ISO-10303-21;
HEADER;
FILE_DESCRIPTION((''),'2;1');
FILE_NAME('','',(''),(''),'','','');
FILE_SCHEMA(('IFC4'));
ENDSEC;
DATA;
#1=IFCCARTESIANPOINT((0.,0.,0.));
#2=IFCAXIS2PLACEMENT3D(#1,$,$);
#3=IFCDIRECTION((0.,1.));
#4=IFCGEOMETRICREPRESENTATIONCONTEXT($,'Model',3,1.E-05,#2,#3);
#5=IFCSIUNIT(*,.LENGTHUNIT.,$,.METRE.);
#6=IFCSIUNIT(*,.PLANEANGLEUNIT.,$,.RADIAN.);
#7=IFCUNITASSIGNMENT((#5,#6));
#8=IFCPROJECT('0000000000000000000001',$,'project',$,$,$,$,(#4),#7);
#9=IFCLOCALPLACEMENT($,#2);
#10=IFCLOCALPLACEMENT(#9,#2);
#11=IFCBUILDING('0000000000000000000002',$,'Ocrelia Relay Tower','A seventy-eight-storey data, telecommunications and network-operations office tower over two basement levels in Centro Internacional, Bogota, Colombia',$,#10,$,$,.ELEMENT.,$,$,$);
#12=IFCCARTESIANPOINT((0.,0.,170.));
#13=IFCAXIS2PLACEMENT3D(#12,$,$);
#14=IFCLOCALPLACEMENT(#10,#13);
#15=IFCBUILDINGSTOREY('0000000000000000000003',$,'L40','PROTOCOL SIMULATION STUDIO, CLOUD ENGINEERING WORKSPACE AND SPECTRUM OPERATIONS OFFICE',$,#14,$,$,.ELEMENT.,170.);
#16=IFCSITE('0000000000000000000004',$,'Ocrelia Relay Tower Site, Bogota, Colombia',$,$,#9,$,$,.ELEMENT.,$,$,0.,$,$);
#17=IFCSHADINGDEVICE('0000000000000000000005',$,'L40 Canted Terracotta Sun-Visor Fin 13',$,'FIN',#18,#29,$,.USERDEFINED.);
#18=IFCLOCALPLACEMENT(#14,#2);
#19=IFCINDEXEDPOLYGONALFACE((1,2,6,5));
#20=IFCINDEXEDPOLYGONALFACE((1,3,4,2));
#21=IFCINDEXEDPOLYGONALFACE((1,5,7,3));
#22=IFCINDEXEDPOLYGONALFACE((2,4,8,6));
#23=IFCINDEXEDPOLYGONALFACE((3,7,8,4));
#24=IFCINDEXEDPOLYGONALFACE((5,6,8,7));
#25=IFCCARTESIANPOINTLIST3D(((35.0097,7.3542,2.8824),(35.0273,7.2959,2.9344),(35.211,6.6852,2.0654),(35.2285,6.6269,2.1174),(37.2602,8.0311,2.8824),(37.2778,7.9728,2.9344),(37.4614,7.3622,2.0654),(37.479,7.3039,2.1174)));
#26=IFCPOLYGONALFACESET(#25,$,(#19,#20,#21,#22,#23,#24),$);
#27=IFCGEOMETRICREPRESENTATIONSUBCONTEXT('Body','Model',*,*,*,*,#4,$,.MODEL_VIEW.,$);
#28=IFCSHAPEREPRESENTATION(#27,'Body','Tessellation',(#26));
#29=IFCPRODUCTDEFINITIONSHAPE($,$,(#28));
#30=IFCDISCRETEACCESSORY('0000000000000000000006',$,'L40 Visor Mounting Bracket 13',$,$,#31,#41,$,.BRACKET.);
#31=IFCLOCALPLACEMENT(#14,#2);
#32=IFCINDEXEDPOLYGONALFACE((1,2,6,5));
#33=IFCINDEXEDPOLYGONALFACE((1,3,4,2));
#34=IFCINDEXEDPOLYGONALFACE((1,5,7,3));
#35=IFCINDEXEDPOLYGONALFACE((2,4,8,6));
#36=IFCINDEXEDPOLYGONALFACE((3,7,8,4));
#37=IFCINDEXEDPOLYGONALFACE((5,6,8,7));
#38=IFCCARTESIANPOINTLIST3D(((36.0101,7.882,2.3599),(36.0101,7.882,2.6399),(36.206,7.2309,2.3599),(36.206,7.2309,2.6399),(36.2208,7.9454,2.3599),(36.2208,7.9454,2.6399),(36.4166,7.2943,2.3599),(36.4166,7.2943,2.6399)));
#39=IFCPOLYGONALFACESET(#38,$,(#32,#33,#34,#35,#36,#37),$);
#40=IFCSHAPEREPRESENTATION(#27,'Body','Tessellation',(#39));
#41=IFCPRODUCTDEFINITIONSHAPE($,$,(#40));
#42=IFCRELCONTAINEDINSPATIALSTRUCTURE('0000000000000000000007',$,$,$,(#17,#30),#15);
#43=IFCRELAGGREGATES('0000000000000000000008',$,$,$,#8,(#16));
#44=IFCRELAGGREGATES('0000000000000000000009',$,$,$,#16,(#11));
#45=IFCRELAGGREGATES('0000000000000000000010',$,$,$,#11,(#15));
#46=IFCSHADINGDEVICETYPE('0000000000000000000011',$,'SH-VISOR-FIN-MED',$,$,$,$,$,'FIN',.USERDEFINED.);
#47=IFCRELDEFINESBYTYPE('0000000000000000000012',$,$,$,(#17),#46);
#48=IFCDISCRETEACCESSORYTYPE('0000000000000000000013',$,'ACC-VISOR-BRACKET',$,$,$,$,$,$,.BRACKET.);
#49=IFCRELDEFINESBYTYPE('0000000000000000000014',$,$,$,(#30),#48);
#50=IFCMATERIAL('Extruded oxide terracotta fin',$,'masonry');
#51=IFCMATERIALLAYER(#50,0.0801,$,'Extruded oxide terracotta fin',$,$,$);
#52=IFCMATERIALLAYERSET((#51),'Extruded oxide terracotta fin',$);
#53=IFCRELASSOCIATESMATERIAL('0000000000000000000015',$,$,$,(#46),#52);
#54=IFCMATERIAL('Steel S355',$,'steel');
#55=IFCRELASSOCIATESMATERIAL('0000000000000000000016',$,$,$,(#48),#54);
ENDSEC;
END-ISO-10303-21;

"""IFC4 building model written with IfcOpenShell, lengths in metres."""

from ifc_helpers import new_model, si_unit, direction, frame, origin, origin_2d, place, context, subcontext, project, spatial, rectangle, extrude, material, layer, layer_set, type_object, element, save


model = new_model("IFC4")

# Units and contexts
model_context = context("Model", 3, precision=1e-05, world=origin(), true_north=direction((0.0, 1.0)))
body_context = subcontext(model_context, "Body", "Model", "MODEL_VIEW")
ifc_project = project(units=[si_unit("LENGTHUNIT", "METRE"), si_unit("PLANEANGLEUNIT", "RADIAN")], contexts=[model_context])

# Site, building, storey
site_placement = place(None, origin())
site = spatial("IfcSite", under=ifc_project, at=site_placement, Name="Ocrelia Relay Tower Site, Bogota, Colombia", CompositionType="ELEMENT", RefElevation=0.0)
building_placement = place(site_placement, origin())
building = spatial("IfcBuilding", under=site, at=building_placement, Name="Ocrelia Relay Tower", Description="A seventy-eight-storey data, telecommunications and network-operations office tower over two basement levels in Centro Internacional, Bogota, Colombia", CompositionType="ELEMENT")
storey_placement = place(building_placement, frame((0.0, 0.0, 170.0)))
storey = spatial("IfcBuildingStorey", under=building, at=storey_placement, Name="L40", Description="PROTOCOL SIMULATION STUDIO, CLOUD ENGINEERING WORKSPACE AND SPECTRUM OPERATIONS OFFICE", CompositionType="ELEMENT", Elevation=170.0)

# Shared definitions
ifc_material_1 = material(Name="Steel S355", Category="steel")

# Shading device
ifc_material_2 = material(Name="Extruded oxide terracotta fin", Category="masonry")
ifc_layer_1 = layer(ifc_material_2, 0.0801, Name="Extruded oxide terracotta fin")
ifc_layer_set_1 = layer_set([ifc_layer_1], Name="Extruded oxide terracotta fin")
shading_device_type_1 = type_object("IfcShadingDeviceType", Name="SH-VISOR-FIN-MED", ElementType="FIN", PredefinedType="USERDEFINED", material=ifc_layer_set_1)
shading_device_1_placement = place(storey_placement, frame((36.2356, 7.3582, 2.4739), z_axis=(0.218937, -0.727851, 0.649846), x_axis=(0.957615, 0.28805, 0.0)))
element("IfcShadingDevice", 1, at=shading_device_1_placement, inside=storey, type_object=shading_device_type_1, Name="L40 Canted Terracotta Sun-Visor Fin 13", ObjectType="FIN", PredefinedType="USERDEFINED", context=body_context, shape_type="SweptSolid", body=[
    extrude(rectangle(XDim=2.3501, YDim=1.075, at=origin_2d()), origin(), (0.0, 0.0, 1.0), 0.0801),
])

# Discrete accessory
discrete_accessory_type = type_object("IfcDiscreteAccessoryType", Name="ACC-VISOR-BRACKET", PredefinedType="BRACKET", material=ifc_material_1)
discrete_accessory_placement = place(storey_placement, frame((36.2134, 7.5881, 2.3599), z_axis=(0.0, 0.0, 1.0), x_axis=(0.957615, 0.28805, 0.0)))
element("IfcDiscreteAccessory", 2, at=discrete_accessory_placement, inside=storey, type_object=discrete_accessory_type, Name="L40 Visor Mounting Bracket 13", PredefinedType="BRACKET", context=body_context, shape_type="SweptSolid", body=[
    extrude(rectangle(XDim=0.22, YDim=0.6799, at=origin_2d()), origin(), (0.0, 0.0, 1.0), 0.28),
])

save(model, "model.ifc")
